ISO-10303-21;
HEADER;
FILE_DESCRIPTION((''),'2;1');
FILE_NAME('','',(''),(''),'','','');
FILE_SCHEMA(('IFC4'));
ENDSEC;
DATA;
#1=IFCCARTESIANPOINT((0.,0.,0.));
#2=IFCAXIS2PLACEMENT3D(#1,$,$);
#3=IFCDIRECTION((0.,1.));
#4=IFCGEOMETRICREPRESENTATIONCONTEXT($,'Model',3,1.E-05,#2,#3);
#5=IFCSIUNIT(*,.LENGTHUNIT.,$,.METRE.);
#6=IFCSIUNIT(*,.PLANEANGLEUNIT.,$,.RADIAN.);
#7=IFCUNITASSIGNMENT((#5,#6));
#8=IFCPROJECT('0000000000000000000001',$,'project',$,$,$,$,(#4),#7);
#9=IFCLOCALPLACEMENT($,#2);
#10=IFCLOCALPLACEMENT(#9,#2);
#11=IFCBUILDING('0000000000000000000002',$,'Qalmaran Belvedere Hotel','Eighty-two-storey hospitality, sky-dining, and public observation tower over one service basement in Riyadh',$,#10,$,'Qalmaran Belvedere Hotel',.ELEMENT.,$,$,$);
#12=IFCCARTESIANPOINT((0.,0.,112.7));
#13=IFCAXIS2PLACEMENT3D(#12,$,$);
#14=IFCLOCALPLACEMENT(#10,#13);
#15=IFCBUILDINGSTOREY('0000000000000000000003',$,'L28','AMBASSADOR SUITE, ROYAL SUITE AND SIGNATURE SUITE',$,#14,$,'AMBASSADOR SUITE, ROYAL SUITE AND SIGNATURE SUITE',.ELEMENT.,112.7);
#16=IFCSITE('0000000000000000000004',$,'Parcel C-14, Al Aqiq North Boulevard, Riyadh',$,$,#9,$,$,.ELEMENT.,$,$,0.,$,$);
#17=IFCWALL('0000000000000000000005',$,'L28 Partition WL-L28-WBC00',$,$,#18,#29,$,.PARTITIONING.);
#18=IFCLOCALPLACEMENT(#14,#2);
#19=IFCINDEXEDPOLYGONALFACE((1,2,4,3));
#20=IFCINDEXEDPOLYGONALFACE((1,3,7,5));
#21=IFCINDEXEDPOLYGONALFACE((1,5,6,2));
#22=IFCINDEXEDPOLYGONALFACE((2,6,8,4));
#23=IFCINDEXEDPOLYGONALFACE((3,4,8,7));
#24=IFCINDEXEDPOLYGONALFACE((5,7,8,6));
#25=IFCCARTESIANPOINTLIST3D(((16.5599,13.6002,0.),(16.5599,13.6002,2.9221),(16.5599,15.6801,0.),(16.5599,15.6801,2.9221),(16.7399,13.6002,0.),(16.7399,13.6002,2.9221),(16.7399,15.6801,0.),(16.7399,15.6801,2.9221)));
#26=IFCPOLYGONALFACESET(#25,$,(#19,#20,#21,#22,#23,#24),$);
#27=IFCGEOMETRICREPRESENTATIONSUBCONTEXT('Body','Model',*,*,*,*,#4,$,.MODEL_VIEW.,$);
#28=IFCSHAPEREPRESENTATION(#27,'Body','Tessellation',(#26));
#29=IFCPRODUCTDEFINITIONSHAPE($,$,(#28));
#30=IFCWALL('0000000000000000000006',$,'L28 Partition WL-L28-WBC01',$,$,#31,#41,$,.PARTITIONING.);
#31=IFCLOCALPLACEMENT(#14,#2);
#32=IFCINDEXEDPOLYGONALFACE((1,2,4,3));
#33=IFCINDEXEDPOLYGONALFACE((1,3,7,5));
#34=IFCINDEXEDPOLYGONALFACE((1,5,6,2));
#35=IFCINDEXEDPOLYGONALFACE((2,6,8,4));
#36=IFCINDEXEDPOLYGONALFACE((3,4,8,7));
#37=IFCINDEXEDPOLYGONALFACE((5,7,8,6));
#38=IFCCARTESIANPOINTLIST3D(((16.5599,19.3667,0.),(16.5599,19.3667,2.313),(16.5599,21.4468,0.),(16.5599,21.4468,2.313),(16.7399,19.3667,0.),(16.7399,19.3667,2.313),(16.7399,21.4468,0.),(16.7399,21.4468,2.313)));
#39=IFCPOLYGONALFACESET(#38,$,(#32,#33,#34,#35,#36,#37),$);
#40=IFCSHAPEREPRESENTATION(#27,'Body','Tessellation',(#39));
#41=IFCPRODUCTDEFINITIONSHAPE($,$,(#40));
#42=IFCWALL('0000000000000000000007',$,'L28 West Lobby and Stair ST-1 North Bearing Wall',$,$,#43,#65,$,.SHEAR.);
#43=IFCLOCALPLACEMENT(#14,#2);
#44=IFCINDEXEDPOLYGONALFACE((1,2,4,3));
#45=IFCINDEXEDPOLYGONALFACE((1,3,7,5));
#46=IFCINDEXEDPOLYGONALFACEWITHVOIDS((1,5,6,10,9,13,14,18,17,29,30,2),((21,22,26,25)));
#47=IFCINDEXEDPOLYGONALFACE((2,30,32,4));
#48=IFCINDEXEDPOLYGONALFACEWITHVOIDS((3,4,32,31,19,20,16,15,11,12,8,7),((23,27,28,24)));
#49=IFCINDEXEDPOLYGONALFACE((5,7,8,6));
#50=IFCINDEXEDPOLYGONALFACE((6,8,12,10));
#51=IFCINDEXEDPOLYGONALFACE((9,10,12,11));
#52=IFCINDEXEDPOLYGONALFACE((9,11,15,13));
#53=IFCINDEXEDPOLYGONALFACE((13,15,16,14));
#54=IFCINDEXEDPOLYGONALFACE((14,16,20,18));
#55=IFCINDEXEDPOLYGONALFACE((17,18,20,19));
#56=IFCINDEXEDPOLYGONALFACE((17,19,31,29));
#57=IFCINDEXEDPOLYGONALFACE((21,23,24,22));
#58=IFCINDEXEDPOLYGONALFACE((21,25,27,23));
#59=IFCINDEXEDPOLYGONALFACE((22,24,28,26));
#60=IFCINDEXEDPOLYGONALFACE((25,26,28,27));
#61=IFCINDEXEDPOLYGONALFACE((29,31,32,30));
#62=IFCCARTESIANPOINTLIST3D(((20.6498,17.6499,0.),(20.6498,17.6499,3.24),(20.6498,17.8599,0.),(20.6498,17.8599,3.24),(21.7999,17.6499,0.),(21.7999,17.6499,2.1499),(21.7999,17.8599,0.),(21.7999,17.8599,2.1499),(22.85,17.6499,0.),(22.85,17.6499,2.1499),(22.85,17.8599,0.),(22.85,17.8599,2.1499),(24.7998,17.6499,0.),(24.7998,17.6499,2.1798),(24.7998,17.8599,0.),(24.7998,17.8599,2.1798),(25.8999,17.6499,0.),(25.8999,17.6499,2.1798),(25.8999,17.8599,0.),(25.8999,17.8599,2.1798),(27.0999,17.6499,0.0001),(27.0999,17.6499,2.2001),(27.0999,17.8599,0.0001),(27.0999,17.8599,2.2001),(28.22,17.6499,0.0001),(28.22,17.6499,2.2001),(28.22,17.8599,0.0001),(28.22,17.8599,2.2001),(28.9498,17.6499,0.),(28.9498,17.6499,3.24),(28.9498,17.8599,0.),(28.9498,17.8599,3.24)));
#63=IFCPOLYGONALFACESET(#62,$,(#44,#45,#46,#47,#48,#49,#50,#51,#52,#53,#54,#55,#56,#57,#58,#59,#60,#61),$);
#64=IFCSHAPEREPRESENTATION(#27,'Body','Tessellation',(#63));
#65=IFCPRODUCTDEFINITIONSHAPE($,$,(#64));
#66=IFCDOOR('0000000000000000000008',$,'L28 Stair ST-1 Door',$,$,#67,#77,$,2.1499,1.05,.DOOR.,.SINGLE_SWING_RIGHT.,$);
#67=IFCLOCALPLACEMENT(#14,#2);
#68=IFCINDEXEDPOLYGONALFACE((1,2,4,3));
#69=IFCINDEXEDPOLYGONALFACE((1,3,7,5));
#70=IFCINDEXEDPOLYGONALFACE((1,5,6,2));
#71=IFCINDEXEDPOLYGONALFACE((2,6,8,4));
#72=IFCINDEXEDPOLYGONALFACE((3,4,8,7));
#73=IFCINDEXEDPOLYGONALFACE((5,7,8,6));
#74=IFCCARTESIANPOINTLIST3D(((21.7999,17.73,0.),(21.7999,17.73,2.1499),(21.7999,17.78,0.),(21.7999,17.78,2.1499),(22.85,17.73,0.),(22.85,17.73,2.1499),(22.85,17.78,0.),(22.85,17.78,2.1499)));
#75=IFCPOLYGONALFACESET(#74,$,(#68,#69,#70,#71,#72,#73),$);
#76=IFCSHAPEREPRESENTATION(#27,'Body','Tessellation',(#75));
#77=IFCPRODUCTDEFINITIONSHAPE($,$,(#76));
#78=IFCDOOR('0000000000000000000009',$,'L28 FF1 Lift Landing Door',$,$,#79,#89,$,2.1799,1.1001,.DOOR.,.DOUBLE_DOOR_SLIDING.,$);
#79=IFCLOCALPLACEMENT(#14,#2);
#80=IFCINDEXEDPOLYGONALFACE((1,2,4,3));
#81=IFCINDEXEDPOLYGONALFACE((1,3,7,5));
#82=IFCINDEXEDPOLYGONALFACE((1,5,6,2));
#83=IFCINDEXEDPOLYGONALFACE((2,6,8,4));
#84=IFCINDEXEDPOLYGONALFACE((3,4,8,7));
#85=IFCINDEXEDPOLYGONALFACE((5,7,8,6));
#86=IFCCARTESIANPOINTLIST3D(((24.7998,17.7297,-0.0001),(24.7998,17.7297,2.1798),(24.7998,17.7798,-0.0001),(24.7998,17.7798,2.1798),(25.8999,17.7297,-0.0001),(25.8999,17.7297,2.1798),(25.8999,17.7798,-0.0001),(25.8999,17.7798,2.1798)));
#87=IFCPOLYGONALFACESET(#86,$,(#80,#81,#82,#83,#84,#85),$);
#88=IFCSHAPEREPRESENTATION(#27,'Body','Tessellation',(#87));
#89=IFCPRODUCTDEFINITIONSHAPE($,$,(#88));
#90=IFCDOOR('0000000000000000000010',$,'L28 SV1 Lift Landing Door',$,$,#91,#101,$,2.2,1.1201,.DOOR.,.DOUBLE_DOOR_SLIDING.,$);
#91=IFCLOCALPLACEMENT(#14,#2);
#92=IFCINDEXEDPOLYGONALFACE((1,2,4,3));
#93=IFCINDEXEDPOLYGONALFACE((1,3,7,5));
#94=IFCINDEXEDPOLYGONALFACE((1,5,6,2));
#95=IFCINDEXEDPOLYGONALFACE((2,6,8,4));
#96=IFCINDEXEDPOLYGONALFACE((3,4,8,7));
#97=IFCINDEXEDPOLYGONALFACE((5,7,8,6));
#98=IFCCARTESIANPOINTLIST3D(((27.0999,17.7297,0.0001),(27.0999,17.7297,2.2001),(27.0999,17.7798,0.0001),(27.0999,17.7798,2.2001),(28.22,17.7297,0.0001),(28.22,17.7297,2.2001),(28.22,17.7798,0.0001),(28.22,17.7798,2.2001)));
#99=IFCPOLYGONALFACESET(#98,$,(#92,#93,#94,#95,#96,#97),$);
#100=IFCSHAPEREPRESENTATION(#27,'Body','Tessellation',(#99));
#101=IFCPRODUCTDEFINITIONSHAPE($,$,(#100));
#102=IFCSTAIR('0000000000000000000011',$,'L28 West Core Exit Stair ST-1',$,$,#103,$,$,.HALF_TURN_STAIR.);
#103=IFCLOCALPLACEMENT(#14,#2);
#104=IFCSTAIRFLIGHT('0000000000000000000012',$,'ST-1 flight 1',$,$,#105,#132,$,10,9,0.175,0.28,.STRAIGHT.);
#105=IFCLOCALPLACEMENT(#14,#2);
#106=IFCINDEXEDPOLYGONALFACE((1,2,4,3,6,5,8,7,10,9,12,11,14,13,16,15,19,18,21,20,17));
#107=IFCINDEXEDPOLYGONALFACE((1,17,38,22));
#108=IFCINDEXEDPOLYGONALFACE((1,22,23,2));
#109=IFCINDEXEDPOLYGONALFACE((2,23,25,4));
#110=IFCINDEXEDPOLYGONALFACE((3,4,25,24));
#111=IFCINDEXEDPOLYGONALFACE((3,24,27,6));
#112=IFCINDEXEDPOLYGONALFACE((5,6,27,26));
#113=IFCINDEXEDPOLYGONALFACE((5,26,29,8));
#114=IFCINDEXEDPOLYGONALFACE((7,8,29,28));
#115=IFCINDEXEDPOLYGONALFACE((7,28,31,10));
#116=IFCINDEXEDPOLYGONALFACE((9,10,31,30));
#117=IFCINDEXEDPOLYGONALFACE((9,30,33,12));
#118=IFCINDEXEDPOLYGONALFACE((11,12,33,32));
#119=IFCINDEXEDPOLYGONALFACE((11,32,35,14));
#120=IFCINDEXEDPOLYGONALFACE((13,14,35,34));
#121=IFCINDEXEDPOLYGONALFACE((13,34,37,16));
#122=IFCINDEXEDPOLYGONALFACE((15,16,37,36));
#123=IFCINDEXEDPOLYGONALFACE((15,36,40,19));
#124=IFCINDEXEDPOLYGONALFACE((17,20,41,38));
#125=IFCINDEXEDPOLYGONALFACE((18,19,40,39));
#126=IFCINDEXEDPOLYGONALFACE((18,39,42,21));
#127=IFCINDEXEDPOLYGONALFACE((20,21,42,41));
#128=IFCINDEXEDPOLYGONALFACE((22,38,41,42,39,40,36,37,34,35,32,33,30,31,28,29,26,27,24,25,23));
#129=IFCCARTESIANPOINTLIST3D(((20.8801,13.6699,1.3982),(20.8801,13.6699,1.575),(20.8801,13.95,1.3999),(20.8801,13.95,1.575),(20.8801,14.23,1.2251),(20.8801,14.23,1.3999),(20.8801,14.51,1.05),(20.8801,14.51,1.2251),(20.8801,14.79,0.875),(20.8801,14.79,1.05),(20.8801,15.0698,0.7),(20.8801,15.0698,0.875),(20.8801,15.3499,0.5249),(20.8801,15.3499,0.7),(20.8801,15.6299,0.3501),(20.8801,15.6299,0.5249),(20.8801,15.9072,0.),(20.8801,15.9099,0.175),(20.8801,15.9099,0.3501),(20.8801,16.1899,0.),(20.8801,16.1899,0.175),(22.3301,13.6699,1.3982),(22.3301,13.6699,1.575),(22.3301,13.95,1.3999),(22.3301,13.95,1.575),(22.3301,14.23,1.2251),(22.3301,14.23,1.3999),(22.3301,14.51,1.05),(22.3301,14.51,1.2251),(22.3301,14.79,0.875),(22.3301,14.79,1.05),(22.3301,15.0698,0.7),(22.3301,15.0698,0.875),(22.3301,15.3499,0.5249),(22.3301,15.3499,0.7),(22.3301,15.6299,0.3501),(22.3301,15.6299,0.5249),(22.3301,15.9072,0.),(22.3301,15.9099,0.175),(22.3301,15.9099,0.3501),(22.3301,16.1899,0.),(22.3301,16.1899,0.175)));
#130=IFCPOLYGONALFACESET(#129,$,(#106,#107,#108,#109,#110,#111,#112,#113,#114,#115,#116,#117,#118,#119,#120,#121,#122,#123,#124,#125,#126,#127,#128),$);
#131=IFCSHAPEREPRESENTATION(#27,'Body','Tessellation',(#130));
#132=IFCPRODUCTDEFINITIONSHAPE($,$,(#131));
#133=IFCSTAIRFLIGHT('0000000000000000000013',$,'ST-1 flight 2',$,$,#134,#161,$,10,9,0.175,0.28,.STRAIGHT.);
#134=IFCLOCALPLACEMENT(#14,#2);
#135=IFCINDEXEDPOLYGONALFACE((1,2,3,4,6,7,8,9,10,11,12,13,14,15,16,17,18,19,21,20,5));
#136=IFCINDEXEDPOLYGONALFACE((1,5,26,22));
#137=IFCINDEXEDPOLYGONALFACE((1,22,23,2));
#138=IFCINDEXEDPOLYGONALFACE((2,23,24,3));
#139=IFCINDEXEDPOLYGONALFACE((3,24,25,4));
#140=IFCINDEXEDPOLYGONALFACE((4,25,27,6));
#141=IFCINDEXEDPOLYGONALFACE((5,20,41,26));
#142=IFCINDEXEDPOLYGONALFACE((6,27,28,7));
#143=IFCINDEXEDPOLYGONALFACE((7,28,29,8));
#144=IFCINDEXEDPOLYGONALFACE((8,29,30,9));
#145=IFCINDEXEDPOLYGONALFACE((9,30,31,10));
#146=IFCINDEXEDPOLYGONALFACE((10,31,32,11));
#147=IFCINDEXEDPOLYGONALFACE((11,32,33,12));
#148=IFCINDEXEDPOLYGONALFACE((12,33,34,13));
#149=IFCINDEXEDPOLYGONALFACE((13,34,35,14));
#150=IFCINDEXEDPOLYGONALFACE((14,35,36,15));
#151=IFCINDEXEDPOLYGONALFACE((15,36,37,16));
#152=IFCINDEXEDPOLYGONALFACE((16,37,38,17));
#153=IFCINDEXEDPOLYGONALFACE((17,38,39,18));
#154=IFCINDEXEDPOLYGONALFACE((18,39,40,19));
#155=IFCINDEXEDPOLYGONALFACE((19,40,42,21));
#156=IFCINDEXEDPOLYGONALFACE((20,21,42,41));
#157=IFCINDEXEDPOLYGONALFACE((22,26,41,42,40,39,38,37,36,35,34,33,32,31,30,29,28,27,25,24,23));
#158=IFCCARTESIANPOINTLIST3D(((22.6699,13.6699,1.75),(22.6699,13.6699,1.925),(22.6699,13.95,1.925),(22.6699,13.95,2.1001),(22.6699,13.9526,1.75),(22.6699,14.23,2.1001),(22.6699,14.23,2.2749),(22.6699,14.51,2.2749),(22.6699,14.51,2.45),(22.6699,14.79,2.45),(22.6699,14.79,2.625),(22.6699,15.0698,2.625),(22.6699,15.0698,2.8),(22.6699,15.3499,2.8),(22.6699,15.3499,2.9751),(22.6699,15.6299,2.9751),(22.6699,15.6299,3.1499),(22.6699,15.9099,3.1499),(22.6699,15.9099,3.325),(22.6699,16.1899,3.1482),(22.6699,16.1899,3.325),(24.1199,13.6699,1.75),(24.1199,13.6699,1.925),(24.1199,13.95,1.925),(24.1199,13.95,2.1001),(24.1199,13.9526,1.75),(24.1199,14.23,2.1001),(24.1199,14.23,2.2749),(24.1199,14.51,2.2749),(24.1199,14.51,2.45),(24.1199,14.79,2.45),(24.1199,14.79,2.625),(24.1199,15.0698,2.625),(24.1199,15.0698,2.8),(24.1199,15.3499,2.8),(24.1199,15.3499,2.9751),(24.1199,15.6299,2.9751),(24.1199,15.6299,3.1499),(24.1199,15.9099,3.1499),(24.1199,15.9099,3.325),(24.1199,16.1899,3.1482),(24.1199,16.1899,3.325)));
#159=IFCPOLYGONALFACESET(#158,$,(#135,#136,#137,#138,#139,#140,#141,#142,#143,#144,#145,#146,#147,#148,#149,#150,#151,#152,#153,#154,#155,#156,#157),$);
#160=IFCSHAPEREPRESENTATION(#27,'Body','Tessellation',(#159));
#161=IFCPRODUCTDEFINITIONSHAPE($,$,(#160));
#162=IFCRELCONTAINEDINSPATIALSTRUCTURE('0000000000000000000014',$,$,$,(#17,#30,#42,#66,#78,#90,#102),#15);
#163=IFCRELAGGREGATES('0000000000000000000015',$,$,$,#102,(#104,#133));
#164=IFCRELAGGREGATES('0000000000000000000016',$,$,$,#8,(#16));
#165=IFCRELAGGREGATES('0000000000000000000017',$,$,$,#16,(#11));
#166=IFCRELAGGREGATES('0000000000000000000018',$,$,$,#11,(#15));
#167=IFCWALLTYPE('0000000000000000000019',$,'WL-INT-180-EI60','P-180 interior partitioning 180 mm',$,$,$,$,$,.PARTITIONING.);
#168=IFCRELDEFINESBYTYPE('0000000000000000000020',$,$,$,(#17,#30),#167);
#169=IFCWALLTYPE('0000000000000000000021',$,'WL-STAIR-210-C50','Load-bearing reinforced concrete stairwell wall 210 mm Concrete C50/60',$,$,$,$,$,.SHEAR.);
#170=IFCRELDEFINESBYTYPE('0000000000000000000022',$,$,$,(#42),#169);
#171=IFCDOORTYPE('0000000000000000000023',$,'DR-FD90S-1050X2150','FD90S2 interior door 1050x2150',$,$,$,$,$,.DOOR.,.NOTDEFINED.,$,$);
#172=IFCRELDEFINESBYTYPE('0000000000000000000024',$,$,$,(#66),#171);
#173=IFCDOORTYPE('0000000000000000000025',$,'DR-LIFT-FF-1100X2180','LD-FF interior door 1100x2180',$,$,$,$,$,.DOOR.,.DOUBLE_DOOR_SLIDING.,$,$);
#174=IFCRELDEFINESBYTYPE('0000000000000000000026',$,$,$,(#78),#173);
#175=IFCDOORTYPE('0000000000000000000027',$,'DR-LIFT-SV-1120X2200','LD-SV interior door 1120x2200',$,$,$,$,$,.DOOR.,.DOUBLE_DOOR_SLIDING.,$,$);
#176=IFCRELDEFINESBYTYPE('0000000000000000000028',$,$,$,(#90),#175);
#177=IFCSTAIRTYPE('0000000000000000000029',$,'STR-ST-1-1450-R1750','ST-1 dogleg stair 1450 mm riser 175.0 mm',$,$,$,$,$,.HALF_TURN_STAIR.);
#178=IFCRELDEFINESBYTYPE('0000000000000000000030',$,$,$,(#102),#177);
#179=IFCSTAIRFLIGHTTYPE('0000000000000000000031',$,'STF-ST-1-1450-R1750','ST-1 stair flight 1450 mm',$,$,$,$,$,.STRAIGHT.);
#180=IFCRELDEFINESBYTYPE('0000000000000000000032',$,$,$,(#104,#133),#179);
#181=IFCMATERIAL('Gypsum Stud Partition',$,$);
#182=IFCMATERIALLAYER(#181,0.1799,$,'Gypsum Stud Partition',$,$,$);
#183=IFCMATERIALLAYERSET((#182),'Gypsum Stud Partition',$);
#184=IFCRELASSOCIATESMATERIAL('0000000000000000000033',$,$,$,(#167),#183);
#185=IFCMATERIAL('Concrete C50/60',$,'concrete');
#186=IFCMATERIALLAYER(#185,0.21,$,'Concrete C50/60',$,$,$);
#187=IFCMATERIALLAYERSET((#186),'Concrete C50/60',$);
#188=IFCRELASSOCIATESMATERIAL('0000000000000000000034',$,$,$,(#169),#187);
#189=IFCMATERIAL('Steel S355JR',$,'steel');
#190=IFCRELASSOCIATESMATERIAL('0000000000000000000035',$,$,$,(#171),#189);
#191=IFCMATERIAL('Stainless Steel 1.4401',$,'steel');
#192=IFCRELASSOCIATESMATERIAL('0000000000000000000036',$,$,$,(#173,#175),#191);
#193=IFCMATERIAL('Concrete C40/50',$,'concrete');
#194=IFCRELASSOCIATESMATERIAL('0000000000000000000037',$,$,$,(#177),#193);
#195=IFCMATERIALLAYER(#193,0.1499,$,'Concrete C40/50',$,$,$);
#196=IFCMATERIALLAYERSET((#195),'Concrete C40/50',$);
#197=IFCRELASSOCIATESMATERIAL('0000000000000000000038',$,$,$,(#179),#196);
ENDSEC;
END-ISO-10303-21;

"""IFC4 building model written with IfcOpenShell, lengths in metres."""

from ifc_helpers import new_model, si_unit, direction, frame, frame_2d, origin, place, context, subcontext, project, spatial, polyline, rectangle, outline, extrude, material, layer, layer_set, type_object, element, fill, aggregate, save


model = new_model("IFC4")

# Units and contexts
model_context = context("Model", 3, precision=1e-05, world=origin(), true_north=direction((0.0, 1.0)))
body_context = subcontext(model_context, "Body", "Model", "MODEL_VIEW")
ifc_project = project(units=[si_unit("LENGTHUNIT", "METRE"), si_unit("PLANEANGLEUNIT", "RADIAN")], contexts=[model_context])

# Site, building, storey
site_placement = place(None, origin())
site = spatial("IfcSite", under=ifc_project, at=site_placement, Name="Parcel C-14, Al Aqiq North Boulevard, Riyadh", CompositionType="ELEMENT", RefElevation=0.0)
building_placement = place(site_placement, origin())
building = spatial("IfcBuilding", under=site, at=building_placement, Name="Qalmaran Belvedere Hotel", Description="Eighty-two-storey hospitality, sky-dining, and public observation tower over one service basement in Riyadh", LongName="Qalmaran Belvedere Hotel", CompositionType="ELEMENT")
storey_placement = place(building_placement, frame((0.0, 0.0, 112.7)))
storey = spatial("IfcBuildingStorey", under=building, at=storey_placement, Name="L28", Description="AMBASSADOR SUITE, ROYAL SUITE AND SIGNATURE SUITE", LongName="AMBASSADOR SUITE, ROYAL SUITE AND SIGNATURE SUITE", CompositionType="ELEMENT", Elevation=112.7)

# Shared definitions
ifc_material_1 = material(Name="Gypsum Stud Partition")

# Shared definitions
ifc_material_2 = material(Name="Steel S355JR", Category="steel")

# Wall
ifc_layer_1 = layer(ifc_material_1, 0.1799, Name="Gypsum Stud Partition")
ifc_layer_set_1 = layer_set([ifc_layer_1], Name="Gypsum Stud Partition")
wall_type_1 = type_object("IfcWallType", Name="WL-INT-180-EI60", Description="P-180 interior partitioning 180 mm", PredefinedType="PARTITIONING", material=ifc_layer_set_1)
wall_1_placement = place(storey_placement, frame((16.6499, 13.6001, 0.0), z_axis=(0.0, 0.0, 1.0), x_axis=(0.0, 1.0, 0.0)))
element("IfcWall", 1, at=wall_1_placement, inside=storey, type_object=wall_type_1, Name="L28 Partition WL-L28-WBC00", PredefinedType="PARTITIONING", context=body_context, shape_type="SweptSolid", body=[
    extrude(rectangle(XDim=2.0798, YDim=0.1799, at=frame_2d((1.04, 0.0))), origin(), (0.0, 0.0, 1.0), 2.9221),
])

# Wall
wall_2_placement = place(storey_placement, frame((16.6499, 19.3667, 0.0), z_axis=(0.0, 0.0, 1.0), x_axis=(0.0, 1.0, 0.0)))
element("IfcWall", 2, at=wall_2_placement, inside=storey, type_object=wall_type_1, Name="L28 Partition WL-L28-WBC01", PredefinedType="PARTITIONING", context=body_context, shape_type="SweptSolid", body=[
    extrude(rectangle(XDim=2.0801, YDim=0.1799, at=frame_2d((1.04, 0.0))), origin(), (0.0, 0.0, 1.0), 2.313),
])

# Wall, openings, doors
ifc_material_3 = material(Name="Concrete C50/60", Category="concrete")
ifc_layer_2 = layer(ifc_material_3, 0.21, Name="Concrete C50/60")
ifc_layer_set_2 = layer_set([ifc_layer_2], Name="Concrete C50/60")
wall_type_2 = type_object("IfcWallType", Name="WL-STAIR-210-C50", Description="Load-bearing reinforced concrete stairwell wall 210 mm Concrete C50/60", PredefinedType="SHEAR", material=ifc_layer_set_2)
wall_3_placement = place(storey_placement, frame((20.6499, 17.7549, 0.0), z_axis=(0.0, 0.0, 1.0), x_axis=(1.0, 0.0, 0.0)))
wall_3 = element("IfcWall", 3, at=wall_3_placement, inside=storey, type_object=wall_type_2, Name="L28 West Lobby and Stair ST-1 North Bearing Wall", PredefinedType="SHEAR", context=body_context, shape_type="SweptSolid", body=[
    extrude(rectangle(XDim=8.3, YDim=0.21, at=frame_2d((4.1499, 0.0))), origin(), (0.0, 0.0, 1.0), 3.24),
])
opening_1_placement = place(wall_3_placement, frame((2.2, 0.0, 0.0), z_axis=(0.0, 0.0, 1.0), x_axis=(-1.0, 0.0, 0.0)))
opening_1 = element("IfcOpeningElement", 4, at=opening_1_placement, cuts=wall_3, PredefinedType="OPENING", context=body_context, shape_type="SweptSolid", body=[
    extrude(rectangle(XDim=1.05, YDim=2.1499, at=frame_2d((0.5249, 1.075))), frame((0.0, 0.115, 0.0), z_axis=(0.0, -1.0, 0.0), x_axis=(1.0, 0.0, 0.0)), (0.0, 0.0, 1.0), 0.23),
])
opening_2_placement = place(wall_3_placement, frame((4.1499, 0.0, 0.0)))
opening_2 = element("IfcOpeningElement", 5, at=opening_2_placement, cuts=wall_3, PredefinedType="OPENING", context=body_context, shape_type="SweptSolid", body=[
    extrude(rectangle(XDim=1.1001, YDim=2.1799, at=frame_2d((0.55, 1.0898))), frame((0.0, 0.115, 0.0), z_axis=(0.0, -1.0, 0.0), x_axis=(1.0, 0.0, 0.0)), (0.0, 0.0, 1.0), 0.23),
])
opening_3_placement = place(wall_3_placement, frame((6.45, 0.0, 0.0)))
opening_3 = element("IfcOpeningElement", 6, at=opening_3_placement, cuts=wall_3, PredefinedType="OPENING", context=body_context, shape_type="SweptSolid", body=[
    extrude(rectangle(XDim=1.1201, YDim=2.2, at=frame_2d((0.5601, 1.1001))), frame((0.0, 0.115, 0.0), z_axis=(0.0, -1.0, 0.0), x_axis=(1.0, 0.0, 0.0)), (0.0, 0.0, 1.0), 0.23),
])
door_type_1 = type_object("IfcDoorType", Name="DR-FD90S-1050X2150", Description="FD90S2 interior door 1050x2150", OperationType="NOTDEFINED", PredefinedType="DOOR", material=ifc_material_2)
door_1_placement = place(opening_1_placement, origin())
door_1 = element("IfcDoor", 7, at=door_1_placement, inside=storey, type_object=door_type_1, Name="L28 Stair ST-1 Door", OperationType="SINGLE_SWING_RIGHT", OverallHeight=2.1499, OverallWidth=1.05, PredefinedType="DOOR", context=body_context, shape_type="SweptSolid", body=[
    extrude(rectangle(XDim=1.05, YDim=2.1499, at=frame_2d((0.5249, 1.075))), frame((0.0, 0.0249, 0.0), z_axis=(0.0, -1.0, 0.0), x_axis=(1.0, 0.0, 0.0)), (0.0, 0.0, 1.0), 0.05),
])
fill(opening_1, door_1)
ifc_material_4 = material(Name="Stainless Steel 1.4401", Category="steel")
door_type_2 = type_object("IfcDoorType", Name="DR-LIFT-FF-1100X2180", Description="LD-FF interior door 1100x2180", OperationType="DOUBLE_DOOR_SLIDING", PredefinedType="DOOR", material=ifc_material_4)
door_2_placement = place(opening_2_placement, origin())
door_2 = element("IfcDoor", 8, at=door_2_placement, inside=storey, type_object=door_type_2, Name="L28 FF1 Lift Landing Door", OperationType="DOUBLE_DOOR_SLIDING", OverallHeight=2.1799, OverallWidth=1.1001, PredefinedType="DOOR", context=body_context, shape_type="SweptSolid", body=[
    extrude(rectangle(XDim=1.1001, YDim=2.1799, at=frame_2d((0.55, 1.0898))), frame((0.0, 0.0249, 0.0), z_axis=(0.0, -1.0, 0.0), x_axis=(1.0, 0.0, 0.0)), (0.0, 0.0, 1.0), 0.05),
])
fill(opening_2, door_2)
door_type_3 = type_object("IfcDoorType", Name="DR-LIFT-SV-1120X2200", Description="LD-SV interior door 1120x2200", OperationType="DOUBLE_DOOR_SLIDING", PredefinedType="DOOR", material=ifc_material_4)
door_3_placement = place(opening_3_placement, origin())
door_3 = element("IfcDoor", 9, at=door_3_placement, inside=storey, type_object=door_type_3, Name="L28 SV1 Lift Landing Door", OperationType="DOUBLE_DOOR_SLIDING", OverallHeight=2.2, OverallWidth=1.1201, PredefinedType="DOOR", context=body_context, shape_type="SweptSolid", body=[
    extrude(rectangle(XDim=1.1201, YDim=2.2, at=frame_2d((0.5601, 1.1001))), frame((0.0, 0.0249, 0.0), z_axis=(0.0, -1.0, 0.0), x_axis=(1.0, 0.0, 0.0)), (0.0, 0.0, 1.0), 0.05),
])
fill(opening_3, door_3)

# Stair, stair flights
ifc_material_5 = material(Name="Concrete C40/50", Category="concrete")
stair_type = type_object("IfcStairType", Name="STR-ST-1-1450-R1750", Description="ST-1 dogleg stair 1450 mm riser 175.0 mm", PredefinedType="HALF_TURN_STAIR", material=ifc_material_5)
stair_placement = place(storey_placement, origin())
stair = element("IfcStair", 10, at=stair_placement, inside=storey, type_object=stair_type, Name="L28 West Core Exit Stair ST-1", PredefinedType="HALF_TURN_STAIR")
ifc_layer_3 = layer(ifc_material_5, 0.1499, Name="Concrete C40/50")
ifc_layer_set_3 = layer_set([ifc_layer_3], Name="Concrete C40/50")
stair_flight_type = type_object("IfcStairFlightType", Name="STF-ST-1-1450-R1750", Description="ST-1 stair flight 1450 mm", PredefinedType="STRAIGHT", material=ifc_layer_set_3)
stair_flight_1_placement = place(storey_placement, frame((21.605, 16.1899, 0.0), z_axis=(0.0, 0.0, 1.0), x_axis=(0.0, -1.0, 0.0)))
stair_flight_1 = element("IfcStairFlight", 11, at=stair_flight_1_placement, type_object=stair_flight_type, Name="ST-1 flight 1", NumberOfRisers=10, NumberOfTreads=9, PredefinedType="STRAIGHT", RiserHeight=0.175, TreadLength=0.28, context=body_context, shape_type="SweptSolid", body=[
    extrude(outline(polyline([(0.0, 0.0), (0.0, 0.175), (0.28, 0.175), (0.28, 0.3501), (0.5601, 0.3501), (0.5601, 0.5249), (0.8401, 0.5249), (0.8401, 0.7), (1.1201, 0.7), (1.1201, 0.875), (1.3999, 0.875), (1.3999, 1.05), (1.6799, 1.05), (1.6799, 1.2251), (1.96, 1.2251), (1.96, 1.3999), (2.24, 1.3999), (2.24, 1.575), (2.52, 1.575), (2.52, 1.75), (2.52, 1.3982), (0.2827, 0.0), (0.0, 0.0)])), frame((0.0, 0.7251, 0.0), z_axis=(0.0, -1.0, 0.0), x_axis=(1.0, 0.0, 0.0)), (0.0, 0.0, 1.0), 1.45),
])
stair_flight_2_placement = place(storey_placement, frame((23.395, 13.6699, 1.75), z_axis=(0.0, 0.0, 1.0), x_axis=(0.0, 1.0, 0.0)))
stair_flight_2 = element("IfcStairFlight", 12, at=stair_flight_2_placement, type_object=stair_flight_type, Name="ST-1 flight 2", NumberOfRisers=10, NumberOfTreads=9, PredefinedType="STRAIGHT", RiserHeight=0.175, TreadLength=0.28, context=body_context, shape_type="SweptSolid", body=[
    extrude(outline(polyline([(0.0, 0.0), (0.0, 0.175), (0.28, 0.175), (0.28, 0.3501), (0.5601, 0.3501), (0.5601, 0.5249), (0.8401, 0.5249), (0.8401, 0.7), (1.1201, 0.7), (1.1201, 0.875), (1.3999, 0.875), (1.3999, 1.05), (1.6799, 1.05), (1.6799, 1.2251), (1.96, 1.2251), (1.96, 1.3999), (2.24, 1.3999), (2.24, 1.575), (2.52, 1.575), (2.52, 1.75), (2.52, 1.3982), (0.2827, 0.0), (0.0, 0.0)])), frame((0.0, 0.7251, 0.0), z_axis=(0.0, -1.0, 0.0), x_axis=(1.0, 0.0, 0.0)), (0.0, 0.0, 1.0), 1.45),
])
aggregate(stair, [stair_flight_1, stair_flight_2])

save(model, "model.ifc")
